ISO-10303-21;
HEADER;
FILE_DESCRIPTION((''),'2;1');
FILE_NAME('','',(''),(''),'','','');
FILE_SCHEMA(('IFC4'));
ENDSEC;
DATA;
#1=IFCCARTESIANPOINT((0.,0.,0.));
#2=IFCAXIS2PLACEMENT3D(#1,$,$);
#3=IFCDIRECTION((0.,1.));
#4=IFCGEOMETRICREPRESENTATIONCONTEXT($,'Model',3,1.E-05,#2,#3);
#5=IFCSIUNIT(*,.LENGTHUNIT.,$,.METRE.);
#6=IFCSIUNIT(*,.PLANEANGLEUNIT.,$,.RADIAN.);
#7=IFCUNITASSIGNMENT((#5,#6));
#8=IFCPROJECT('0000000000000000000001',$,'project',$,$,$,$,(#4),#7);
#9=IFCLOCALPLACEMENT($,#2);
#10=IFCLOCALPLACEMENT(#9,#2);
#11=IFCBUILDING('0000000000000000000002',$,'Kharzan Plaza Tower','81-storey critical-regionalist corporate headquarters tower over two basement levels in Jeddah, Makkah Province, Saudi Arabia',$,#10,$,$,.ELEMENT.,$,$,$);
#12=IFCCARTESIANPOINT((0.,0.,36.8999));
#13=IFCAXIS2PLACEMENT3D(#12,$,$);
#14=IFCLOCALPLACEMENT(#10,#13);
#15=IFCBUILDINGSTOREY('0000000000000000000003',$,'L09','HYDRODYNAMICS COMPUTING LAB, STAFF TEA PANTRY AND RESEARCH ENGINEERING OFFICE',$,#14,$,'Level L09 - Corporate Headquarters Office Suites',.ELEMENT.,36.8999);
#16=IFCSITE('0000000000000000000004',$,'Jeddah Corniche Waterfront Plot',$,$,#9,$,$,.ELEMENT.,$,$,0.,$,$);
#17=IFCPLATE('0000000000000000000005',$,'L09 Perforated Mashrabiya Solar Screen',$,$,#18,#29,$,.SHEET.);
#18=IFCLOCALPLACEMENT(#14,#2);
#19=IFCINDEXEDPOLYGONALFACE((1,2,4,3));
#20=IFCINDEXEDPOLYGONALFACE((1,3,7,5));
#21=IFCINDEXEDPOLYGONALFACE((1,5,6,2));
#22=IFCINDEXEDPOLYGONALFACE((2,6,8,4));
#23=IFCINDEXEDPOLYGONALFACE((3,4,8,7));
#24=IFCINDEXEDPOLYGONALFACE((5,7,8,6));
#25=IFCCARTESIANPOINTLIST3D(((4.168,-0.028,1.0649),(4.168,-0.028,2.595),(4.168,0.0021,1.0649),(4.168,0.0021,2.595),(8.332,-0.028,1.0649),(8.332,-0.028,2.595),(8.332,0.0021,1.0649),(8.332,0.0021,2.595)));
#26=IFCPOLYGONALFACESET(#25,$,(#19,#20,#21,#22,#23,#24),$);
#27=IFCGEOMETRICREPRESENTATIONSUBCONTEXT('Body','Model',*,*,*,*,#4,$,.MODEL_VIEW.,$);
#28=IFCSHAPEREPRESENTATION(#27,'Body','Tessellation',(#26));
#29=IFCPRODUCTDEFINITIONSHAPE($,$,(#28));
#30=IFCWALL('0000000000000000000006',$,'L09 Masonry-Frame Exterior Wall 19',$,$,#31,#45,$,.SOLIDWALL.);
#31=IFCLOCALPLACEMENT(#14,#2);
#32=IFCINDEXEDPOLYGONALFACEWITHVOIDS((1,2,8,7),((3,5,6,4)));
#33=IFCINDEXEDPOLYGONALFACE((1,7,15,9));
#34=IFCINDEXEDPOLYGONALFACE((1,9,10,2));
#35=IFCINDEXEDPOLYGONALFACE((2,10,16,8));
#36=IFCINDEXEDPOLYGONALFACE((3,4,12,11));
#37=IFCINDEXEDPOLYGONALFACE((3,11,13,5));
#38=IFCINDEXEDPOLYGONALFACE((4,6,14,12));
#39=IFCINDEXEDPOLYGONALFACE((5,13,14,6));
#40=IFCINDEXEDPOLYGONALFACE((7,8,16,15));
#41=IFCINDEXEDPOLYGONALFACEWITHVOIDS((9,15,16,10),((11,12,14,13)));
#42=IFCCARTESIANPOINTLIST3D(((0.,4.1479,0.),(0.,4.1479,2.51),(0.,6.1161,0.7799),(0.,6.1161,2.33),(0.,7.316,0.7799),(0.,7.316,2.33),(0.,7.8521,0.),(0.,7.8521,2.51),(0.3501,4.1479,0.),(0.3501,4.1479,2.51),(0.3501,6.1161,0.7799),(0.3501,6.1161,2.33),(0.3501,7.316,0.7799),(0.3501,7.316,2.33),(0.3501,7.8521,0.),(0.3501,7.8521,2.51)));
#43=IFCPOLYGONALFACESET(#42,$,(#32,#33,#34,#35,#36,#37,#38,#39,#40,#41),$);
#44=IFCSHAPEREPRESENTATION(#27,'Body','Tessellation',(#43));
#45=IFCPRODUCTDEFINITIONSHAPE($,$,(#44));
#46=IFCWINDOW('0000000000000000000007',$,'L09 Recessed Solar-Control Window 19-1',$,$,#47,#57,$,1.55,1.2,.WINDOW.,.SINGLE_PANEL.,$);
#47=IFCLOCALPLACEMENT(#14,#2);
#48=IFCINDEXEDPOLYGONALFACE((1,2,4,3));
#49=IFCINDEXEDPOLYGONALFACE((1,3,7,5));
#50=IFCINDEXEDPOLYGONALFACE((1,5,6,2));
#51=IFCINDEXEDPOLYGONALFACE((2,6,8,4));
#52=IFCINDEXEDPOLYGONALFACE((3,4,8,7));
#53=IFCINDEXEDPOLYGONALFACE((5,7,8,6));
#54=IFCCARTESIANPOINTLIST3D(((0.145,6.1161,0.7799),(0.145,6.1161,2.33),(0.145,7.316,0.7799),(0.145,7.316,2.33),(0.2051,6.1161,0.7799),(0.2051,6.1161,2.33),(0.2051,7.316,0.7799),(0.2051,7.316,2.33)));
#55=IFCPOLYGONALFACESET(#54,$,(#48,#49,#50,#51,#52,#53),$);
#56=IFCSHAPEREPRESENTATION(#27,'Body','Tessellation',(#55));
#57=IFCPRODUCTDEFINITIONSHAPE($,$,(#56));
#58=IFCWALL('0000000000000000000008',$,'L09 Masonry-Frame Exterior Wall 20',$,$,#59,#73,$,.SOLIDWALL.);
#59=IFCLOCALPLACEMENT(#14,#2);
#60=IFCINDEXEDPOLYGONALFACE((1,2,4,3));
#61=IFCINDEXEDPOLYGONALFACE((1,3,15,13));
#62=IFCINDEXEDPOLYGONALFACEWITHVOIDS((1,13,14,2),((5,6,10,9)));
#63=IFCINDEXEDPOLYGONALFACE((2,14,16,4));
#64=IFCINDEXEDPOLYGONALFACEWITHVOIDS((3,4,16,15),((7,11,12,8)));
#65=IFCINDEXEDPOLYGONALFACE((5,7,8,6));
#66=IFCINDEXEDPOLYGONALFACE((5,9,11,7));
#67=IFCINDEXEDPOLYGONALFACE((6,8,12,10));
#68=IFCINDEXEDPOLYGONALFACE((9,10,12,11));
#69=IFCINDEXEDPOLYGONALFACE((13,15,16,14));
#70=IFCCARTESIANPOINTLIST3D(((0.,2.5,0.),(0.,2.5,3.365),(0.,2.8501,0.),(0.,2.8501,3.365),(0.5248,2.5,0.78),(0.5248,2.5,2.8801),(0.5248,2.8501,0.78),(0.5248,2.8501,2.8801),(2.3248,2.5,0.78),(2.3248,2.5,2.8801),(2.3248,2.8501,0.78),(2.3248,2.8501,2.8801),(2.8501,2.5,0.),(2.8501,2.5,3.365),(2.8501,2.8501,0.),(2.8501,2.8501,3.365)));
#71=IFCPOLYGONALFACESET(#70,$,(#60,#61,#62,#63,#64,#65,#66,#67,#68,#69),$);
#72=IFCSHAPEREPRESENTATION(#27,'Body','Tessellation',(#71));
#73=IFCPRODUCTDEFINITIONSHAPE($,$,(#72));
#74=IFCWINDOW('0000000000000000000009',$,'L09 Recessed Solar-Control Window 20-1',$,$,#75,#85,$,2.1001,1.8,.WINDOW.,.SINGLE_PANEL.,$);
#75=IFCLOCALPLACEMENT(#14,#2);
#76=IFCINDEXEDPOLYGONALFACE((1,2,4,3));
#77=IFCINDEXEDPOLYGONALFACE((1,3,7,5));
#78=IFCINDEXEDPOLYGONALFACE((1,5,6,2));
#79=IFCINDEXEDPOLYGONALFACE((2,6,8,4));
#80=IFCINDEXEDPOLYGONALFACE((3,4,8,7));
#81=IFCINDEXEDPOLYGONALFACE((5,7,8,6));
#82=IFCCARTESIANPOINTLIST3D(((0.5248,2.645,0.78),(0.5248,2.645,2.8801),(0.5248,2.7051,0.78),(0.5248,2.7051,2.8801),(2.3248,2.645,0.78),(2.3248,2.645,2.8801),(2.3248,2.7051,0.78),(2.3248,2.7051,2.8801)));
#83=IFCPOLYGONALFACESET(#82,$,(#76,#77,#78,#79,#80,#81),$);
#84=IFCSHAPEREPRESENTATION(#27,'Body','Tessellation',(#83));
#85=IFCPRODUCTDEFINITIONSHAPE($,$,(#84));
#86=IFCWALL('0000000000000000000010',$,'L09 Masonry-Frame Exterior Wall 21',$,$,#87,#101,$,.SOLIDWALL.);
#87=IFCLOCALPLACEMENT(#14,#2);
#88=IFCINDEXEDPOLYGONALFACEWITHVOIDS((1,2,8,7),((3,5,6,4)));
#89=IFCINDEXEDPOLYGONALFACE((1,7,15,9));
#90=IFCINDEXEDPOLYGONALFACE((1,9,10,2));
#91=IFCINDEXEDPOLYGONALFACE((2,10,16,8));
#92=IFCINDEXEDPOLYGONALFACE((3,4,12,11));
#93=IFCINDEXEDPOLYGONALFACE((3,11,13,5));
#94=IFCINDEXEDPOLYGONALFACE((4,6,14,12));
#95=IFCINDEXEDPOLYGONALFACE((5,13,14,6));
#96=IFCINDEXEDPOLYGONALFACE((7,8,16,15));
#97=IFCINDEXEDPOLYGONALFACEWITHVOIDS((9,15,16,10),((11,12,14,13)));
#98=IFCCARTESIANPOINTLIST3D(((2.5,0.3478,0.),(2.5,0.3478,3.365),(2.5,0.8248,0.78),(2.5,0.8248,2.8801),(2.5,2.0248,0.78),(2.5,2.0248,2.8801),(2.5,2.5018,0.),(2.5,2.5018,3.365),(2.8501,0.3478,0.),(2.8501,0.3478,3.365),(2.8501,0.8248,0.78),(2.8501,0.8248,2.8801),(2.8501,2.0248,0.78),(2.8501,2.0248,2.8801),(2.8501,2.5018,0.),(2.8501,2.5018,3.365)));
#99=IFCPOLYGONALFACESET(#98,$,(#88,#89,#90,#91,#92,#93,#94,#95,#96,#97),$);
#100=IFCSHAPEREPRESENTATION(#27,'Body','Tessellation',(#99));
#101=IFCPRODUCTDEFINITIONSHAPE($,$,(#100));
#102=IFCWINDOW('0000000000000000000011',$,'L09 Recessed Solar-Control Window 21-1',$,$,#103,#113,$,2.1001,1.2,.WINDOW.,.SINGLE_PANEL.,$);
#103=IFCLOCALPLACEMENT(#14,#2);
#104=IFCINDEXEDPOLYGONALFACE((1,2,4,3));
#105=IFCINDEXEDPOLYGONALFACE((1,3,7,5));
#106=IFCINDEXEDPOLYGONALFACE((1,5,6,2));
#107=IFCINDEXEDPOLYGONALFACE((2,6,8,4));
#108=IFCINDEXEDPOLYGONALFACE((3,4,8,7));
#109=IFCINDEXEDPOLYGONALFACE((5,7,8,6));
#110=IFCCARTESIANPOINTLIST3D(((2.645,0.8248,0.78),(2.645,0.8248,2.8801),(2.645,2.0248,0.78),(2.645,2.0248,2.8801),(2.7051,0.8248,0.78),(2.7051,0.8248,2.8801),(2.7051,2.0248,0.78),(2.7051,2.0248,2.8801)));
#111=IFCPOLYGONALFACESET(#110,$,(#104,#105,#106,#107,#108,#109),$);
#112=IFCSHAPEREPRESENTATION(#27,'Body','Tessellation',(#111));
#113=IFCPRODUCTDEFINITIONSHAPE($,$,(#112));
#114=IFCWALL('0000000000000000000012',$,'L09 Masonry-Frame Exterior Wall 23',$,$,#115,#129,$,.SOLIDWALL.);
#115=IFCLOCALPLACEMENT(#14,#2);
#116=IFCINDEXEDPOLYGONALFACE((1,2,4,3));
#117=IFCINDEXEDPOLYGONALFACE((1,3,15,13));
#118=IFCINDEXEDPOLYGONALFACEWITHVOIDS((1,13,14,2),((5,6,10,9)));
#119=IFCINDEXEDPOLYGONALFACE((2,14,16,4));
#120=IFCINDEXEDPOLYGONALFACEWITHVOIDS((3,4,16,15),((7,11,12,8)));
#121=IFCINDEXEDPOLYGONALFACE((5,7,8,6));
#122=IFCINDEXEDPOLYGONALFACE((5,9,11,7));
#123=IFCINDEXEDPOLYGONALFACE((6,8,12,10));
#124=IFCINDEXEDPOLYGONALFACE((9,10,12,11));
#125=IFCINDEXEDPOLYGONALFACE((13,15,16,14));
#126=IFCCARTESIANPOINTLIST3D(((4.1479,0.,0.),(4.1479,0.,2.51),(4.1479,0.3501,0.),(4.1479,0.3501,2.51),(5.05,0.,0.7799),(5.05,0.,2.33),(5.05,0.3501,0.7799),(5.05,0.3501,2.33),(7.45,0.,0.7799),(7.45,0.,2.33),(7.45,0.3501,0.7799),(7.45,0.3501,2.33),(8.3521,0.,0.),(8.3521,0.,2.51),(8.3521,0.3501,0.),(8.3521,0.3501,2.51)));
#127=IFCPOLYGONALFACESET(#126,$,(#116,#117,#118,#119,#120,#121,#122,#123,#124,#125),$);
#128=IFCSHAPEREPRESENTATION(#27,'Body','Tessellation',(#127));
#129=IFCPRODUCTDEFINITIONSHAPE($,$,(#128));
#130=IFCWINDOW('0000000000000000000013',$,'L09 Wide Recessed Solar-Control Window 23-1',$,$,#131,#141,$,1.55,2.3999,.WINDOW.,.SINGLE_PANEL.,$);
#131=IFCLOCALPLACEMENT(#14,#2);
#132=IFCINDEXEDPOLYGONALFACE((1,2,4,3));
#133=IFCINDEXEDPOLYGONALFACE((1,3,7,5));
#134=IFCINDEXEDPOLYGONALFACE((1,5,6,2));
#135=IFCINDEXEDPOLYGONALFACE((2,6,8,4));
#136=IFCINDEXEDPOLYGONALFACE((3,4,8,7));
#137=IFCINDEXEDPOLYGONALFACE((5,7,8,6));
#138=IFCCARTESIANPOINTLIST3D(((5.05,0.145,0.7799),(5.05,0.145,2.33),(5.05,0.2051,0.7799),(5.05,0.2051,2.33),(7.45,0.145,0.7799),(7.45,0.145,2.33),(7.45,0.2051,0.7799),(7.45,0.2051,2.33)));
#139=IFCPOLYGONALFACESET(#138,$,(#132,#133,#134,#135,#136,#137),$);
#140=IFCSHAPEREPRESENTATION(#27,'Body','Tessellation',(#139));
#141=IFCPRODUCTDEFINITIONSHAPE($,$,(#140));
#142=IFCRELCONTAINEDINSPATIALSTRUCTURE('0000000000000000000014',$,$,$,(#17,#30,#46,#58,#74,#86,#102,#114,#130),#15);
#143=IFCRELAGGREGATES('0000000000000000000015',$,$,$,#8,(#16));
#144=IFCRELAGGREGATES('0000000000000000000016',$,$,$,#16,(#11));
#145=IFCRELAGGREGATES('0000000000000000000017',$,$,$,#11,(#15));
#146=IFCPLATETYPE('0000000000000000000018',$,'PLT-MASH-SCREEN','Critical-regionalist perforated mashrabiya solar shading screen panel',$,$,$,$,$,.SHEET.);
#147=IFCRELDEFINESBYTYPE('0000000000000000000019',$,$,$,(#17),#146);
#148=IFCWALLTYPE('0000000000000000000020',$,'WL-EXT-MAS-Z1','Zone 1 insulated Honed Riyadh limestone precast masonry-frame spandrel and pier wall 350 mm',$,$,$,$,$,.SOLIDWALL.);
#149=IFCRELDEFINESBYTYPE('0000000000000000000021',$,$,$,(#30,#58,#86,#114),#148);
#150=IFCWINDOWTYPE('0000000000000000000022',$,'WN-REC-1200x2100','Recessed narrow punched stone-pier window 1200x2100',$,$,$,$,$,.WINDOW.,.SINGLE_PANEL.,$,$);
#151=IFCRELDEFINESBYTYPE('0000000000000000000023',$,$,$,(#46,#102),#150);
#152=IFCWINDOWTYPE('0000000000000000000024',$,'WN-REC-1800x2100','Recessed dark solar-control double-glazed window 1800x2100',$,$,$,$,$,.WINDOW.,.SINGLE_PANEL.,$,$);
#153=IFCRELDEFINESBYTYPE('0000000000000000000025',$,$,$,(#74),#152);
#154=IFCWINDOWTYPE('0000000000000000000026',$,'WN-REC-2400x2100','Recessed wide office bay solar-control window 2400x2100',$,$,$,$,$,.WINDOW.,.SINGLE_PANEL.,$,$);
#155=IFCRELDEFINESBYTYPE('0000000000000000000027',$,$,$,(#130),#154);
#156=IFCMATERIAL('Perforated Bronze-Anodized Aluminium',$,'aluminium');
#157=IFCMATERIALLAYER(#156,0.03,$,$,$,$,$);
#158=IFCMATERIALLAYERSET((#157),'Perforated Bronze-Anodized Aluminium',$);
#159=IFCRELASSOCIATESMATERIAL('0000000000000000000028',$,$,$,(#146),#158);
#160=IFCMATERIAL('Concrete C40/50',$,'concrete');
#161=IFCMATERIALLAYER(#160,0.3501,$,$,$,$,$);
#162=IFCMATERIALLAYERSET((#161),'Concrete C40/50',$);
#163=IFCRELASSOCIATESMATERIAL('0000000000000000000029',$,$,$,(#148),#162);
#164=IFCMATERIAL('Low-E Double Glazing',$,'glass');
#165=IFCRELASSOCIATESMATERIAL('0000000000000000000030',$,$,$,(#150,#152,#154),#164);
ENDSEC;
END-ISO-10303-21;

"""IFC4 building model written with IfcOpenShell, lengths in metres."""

from ifc_helpers import new_model, si_unit, direction, frame, frame_2d, origin, origin_2d, place, context, subcontext, project, spatial, rectangle, extrude, source, transform, mapped, material, layer, layer_set, type_object, element, fill, save


model = new_model("IFC4")

# Units and contexts
model_context = context("Model", 3, precision=1e-05, world=origin(), true_north=direction((0.0, 1.0)))
body_context = subcontext(model_context, "Body", "Model", "MODEL_VIEW")
ifc_project = project(units=[si_unit("LENGTHUNIT", "METRE"), si_unit("PLANEANGLEUNIT", "RADIAN")], contexts=[model_context])

# Site, building, storey
site_placement = place(None, origin())
site = spatial("IfcSite", under=ifc_project, at=site_placement, Name="Jeddah Corniche Waterfront Plot", CompositionType="ELEMENT", RefElevation=0.0)
building_placement = place(site_placement, origin())
building = spatial("IfcBuilding", under=site, at=building_placement, Name="Kharzan Plaza Tower", Description="81-storey critical-regionalist corporate headquarters tower over two basement levels in Jeddah, Makkah Province, Saudi Arabia", CompositionType="ELEMENT")
storey_placement = place(building_placement, frame((0.0, 0.0, 36.8999)))
storey = spatial("IfcBuildingStorey", under=building, at=storey_placement, Name="L09", Description="HYDRODYNAMICS COMPUTING LAB, STAFF TEA PANTRY AND RESEARCH ENGINEERING OFFICE", LongName="Level L09 - Corporate Headquarters Office Suites", CompositionType="ELEMENT", Elevation=36.8999)

# Shared definitions
ifc_material_1 = material(Name="Concrete C40/50", Category="concrete")

# Plate
ifc_material_2 = material(Name="Perforated Bronze-Anodized Aluminium", Category="aluminium")
ifc_layer_1 = layer(ifc_material_2, 0.03)
ifc_layer_set_1 = layer_set([ifc_layer_1], Name="Perforated Bronze-Anodized Aluminium")
plate_type = type_object("IfcPlateType", Name="PLT-MASH-SCREEN", Description="Critical-regionalist perforated mashrabiya solar shading screen panel", PredefinedType="SHEET", material=ifc_layer_set_1)
shared_shape_1 = source(origin(), body_context, "Body", "SweptSolid", [
    extrude(rectangle(XDim=4.1641, YDim=0.03, at=origin_2d()), origin(), (0.0, 0.0, 1.0), 1.53),
])
plate_1_placement = place(storey_placement, frame((6.25, -0.0129, 1.0649), z_axis=(0.0, 0.0, 1.0), x_axis=(1.0, 0.0, 0.0)))
element("IfcPlate", 1, at=plate_1_placement, inside=storey, type_object=plate_type, Name="L09 Perforated Mashrabiya Solar Screen", PredefinedType="SHEET", context=body_context, shape_type="MappedRepresentation", body=[
    mapped(shared_shape_1, transform((0.0, 0.0, 0.0), x_axis=(1.0, 0.0, 0.0), y_axis=(0.0, 1.0, 0.0), z_axis=(0.0, 0.0, 1.0))),
])

# Walls, openings, windows
ifc_layer_2 = layer(ifc_material_1, 0.3501)
ifc_layer_set_2 = layer_set([ifc_layer_2], Name="Concrete C40/50")
wall_type_1 = type_object("IfcWallType", Name="WL-EXT-MAS-Z1", Description="Zone 1 insulated Honed Riyadh limestone precast masonry-frame spandrel and pier wall 350 mm", PredefinedType="SOLIDWALL", material=ifc_layer_set_2)
wall_1_placement = place(storey_placement, frame((0.175, 7.8521, 0.0), z_axis=(0.0, 0.0, 1.0), x_axis=(0.0, -1.0, 0.0)))
wall_1 = element("IfcWall", 2, at=wall_1_placement, inside=storey, type_object=wall_type_1, Name="L09 Masonry-Frame Exterior Wall 19", PredefinedType="SOLIDWALL", context=body_context, shape_type="SweptSolid", body=[
    extrude(rectangle(XDim=3.7041, YDim=0.3501, at=frame_2d((1.8521, 0.0))), origin(), (0.0, 0.0, 1.0), 2.51),
])
opening_1_placement = place(wall_1_placement, frame((0.5359, 0.0, 0.78)))
opening_1 = element("IfcOpeningElement", 3, at=opening_1_placement, cuts=wall_1, PredefinedType="OPENING", context=body_context, shape_type="SweptSolid", body=[
    extrude(rectangle(XDim=1.2, YDim=1.55, at=frame_2d((0.6001, 0.7749))), frame((0.0, 0.1851, 0.0), z_axis=(0.0, -1.0, 0.0), x_axis=(1.0, 0.0, 0.0)), (0.0, 0.0, 1.0), 0.3701),
])
ifc_material_3 = material(Name="Low-E Double Glazing", Category="glass")
window_type_1 = type_object("IfcWindowType", Name="WN-REC-1200x2100", Description="Recessed narrow punched stone-pier window 1200x2100", PartitioningType="SINGLE_PANEL", PredefinedType="WINDOW", material=ifc_material_3)
shared_shape_2 = source(origin(), body_context, "Body", "SweptSolid", [
    extrude(rectangle(XDim=1.2, YDim=1.55, at=frame_2d((0.6001, 0.7749))), frame((0.0, 0.03, 0.0), z_axis=(0.0, -1.0, 0.0), x_axis=(1.0, 0.0, 0.0)), (0.0, 0.0, 1.0), 0.0601),
])
window_1_placement = place(opening_1_placement, origin())
window_1 = element("IfcWindow", 4, at=window_1_placement, inside=storey, type_object=window_type_1, Name="L09 Recessed Solar-Control Window 19-1", OverallHeight=1.55, OverallWidth=1.2, PartitioningType="SINGLE_PANEL", PredefinedType="WINDOW", context=body_context, shape_type="MappedRepresentation", body=[
    mapped(shared_shape_2, transform((0.0, 0.0, 0.0), x_axis=(1.0, 0.0, 0.0), y_axis=(0.0, 1.0, 0.0), z_axis=(0.0, 0.0, 1.0))),
])
fill(opening_1, window_1)
wall_2_placement = place(storey_placement, frame((0.0, 2.675, 0.0), z_axis=(0.0, 0.0, 1.0), x_axis=(1.0, 0.0, 0.0)))
wall_2 = element("IfcWall", 5, at=wall_2_placement, inside=storey, type_object=wall_type_1, Name="L09 Masonry-Frame Exterior Wall 20", PredefinedType="SOLIDWALL", context=body_context, shape_type="SweptSolid", body=[
    extrude(rectangle(XDim=2.8501, YDim=0.3501, at=frame_2d((1.425, 0.0))), origin(), (0.0, 0.0, 1.0), 3.365),
])
opening_2_placement = place(wall_2_placement, frame((0.5249, 0.0, 0.78)))
opening_2 = element("IfcOpeningElement", 6, at=opening_2_placement, cuts=wall_2, PredefinedType="OPENING", context=body_context, shape_type="SweptSolid", body=[
    extrude(rectangle(XDim=1.8, YDim=2.1001, at=frame_2d((0.8999, 1.05))), frame((0.0, 0.1851, 0.0), z_axis=(0.0, -1.0, 0.0), x_axis=(1.0, 0.0, 0.0)), (0.0, 0.0, 1.0), 0.3701),
])
window_type_2 = type_object("IfcWindowType", Name="WN-REC-1800x2100", Description="Recessed dark solar-control double-glazed window 1800x2100", PartitioningType="SINGLE_PANEL", PredefinedType="WINDOW", material=ifc_material_3)
shared_shape_3 = source(origin(), body_context, "Body", "SweptSolid", [
    extrude(rectangle(XDim=1.8, YDim=2.1001, at=frame_2d((0.8999, 1.05))), frame((0.0, 0.03, 0.0), z_axis=(0.0, -1.0, 0.0), x_axis=(1.0, 0.0, 0.0)), (0.0, 0.0, 1.0), 0.0601),
])
window_2_placement = place(opening_2_placement, origin())
window_2 = element("IfcWindow", 7, at=window_2_placement, inside=storey, type_object=window_type_2, Name="L09 Recessed Solar-Control Window 20-1", OverallHeight=2.1001, OverallWidth=1.8, PartitioningType="SINGLE_PANEL", PredefinedType="WINDOW", context=body_context, shape_type="MappedRepresentation", body=[
    mapped(shared_shape_3, transform((0.0, 0.0, 0.0), x_axis=(1.0, 0.0, 0.0), y_axis=(0.0, 1.0, 0.0), z_axis=(0.0, 0.0, 1.0))),
])
fill(opening_2, window_2)
wall_3_placement = place(storey_placement, frame((2.675, 2.502, 0.0), z_axis=(0.0, 0.0, 1.0), x_axis=(0.0, -1.0, 0.0)))
wall_3 = element("IfcWall", 8, at=wall_3_placement, inside=storey, type_object=wall_type_1, Name="L09 Masonry-Frame Exterior Wall 21", PredefinedType="SOLIDWALL", context=body_context, shape_type="SweptSolid", body=[
    extrude(rectangle(XDim=2.1541, YDim=0.3501, at=frame_2d((1.0771, 0.0))), origin(), (0.0, 0.0, 1.0), 3.365),
])
opening_3_placement = place(wall_3_placement, frame((0.4771, 0.0, 0.78)))
opening_3 = element("IfcOpeningElement", 9, at=opening_3_placement, cuts=wall_3, PredefinedType="OPENING", context=body_context, shape_type="SweptSolid", body=[
    extrude(rectangle(XDim=1.2, YDim=2.1001, at=frame_2d((0.6001, 1.05))), frame((0.0, 0.1851, 0.0), z_axis=(0.0, -1.0, 0.0), x_axis=(1.0, 0.0, 0.0)), (0.0, 0.0, 1.0), 0.3701),
])
shared_shape_4 = source(origin(), body_context, "Body", "SweptSolid", [
    extrude(rectangle(XDim=1.2, YDim=2.1001, at=frame_2d((0.6001, 1.05))), frame((0.0, 0.03, 0.0), z_axis=(0.0, -1.0, 0.0), x_axis=(1.0, 0.0, 0.0)), (0.0, 0.0, 1.0), 0.0601),
])
window_3_placement = place(opening_3_placement, origin())
window_3 = element("IfcWindow", 10, at=window_3_placement, inside=storey, type_object=window_type_1, Name="L09 Recessed Solar-Control Window 21-1", OverallHeight=2.1001, OverallWidth=1.2, PartitioningType="SINGLE_PANEL", PredefinedType="WINDOW", context=body_context, shape_type="MappedRepresentation", body=[
    mapped(shared_shape_4, transform((0.0, 0.0, 0.0), x_axis=(1.0, 0.0, 0.0), y_axis=(0.0, 1.0, 0.0), z_axis=(0.0, 0.0, 1.0))),
])
fill(opening_3, window_3)
wall_4_placement = place(storey_placement, frame((4.1479, 0.175, 0.0), z_axis=(0.0, 0.0, 1.0), x_axis=(1.0, 0.0, 0.0)))
wall_4 = element("IfcWall", 11, at=wall_4_placement, inside=storey, type_object=wall_type_1, Name="L09 Masonry-Frame Exterior Wall 23", PredefinedType="SOLIDWALL", context=body_context, shape_type="SweptSolid", body=[
    extrude(rectangle(XDim=4.2041, YDim=0.3501, at=frame_2d((2.1021, 0.0))), origin(), (0.0, 0.0, 1.0), 2.51),
])
opening_4_placement = place(wall_4_placement, frame((0.9021, 0.0, 0.78)))
opening_4 = element("IfcOpeningElement", 12, at=opening_4_placement, cuts=wall_4, PredefinedType="OPENING", context=body_context, shape_type="SweptSolid", body=[
    extrude(rectangle(XDim=2.3999, YDim=1.55, at=frame_2d((1.2, 0.7749))), frame((0.0, 0.1851, 0.0), z_axis=(0.0, -1.0, 0.0), x_axis=(1.0, 0.0, 0.0)), (0.0, 0.0, 1.0), 0.3701),
])
window_type_3 = type_object("IfcWindowType", Name="WN-REC-2400x2100", Description="Recessed wide office bay solar-control window 2400x2100", PartitioningType="SINGLE_PANEL", PredefinedType="WINDOW", material=ifc_material_3)
shared_shape_5 = source(origin(), body_context, "Body", "SweptSolid", [
    extrude(rectangle(XDim=2.3999, YDim=1.55, at=frame_2d((1.2, 0.7749))), frame((0.0, 0.03, 0.0), z_axis=(0.0, -1.0, 0.0), x_axis=(1.0, 0.0, 0.0)), (0.0, 0.0, 1.0), 0.0601),
])
window_4_placement = place(opening_4_placement, origin())
window_4 = element("IfcWindow", 13, at=window_4_placement, inside=storey, type_object=window_type_3, Name="L09 Wide Recessed Solar-Control Window 23-1", OverallHeight=1.55, OverallWidth=2.3999, PartitioningType="SINGLE_PANEL", PredefinedType="WINDOW", context=body_context, shape_type="MappedRepresentation", body=[
    mapped(shared_shape_5, transform((0.0, 0.0, 0.0), x_axis=(1.0, 0.0, 0.0), y_axis=(0.0, 1.0, 0.0), z_axis=(0.0, 0.0, 1.0))),
])
fill(opening_4, window_4)

save(model, "model.ifc")
